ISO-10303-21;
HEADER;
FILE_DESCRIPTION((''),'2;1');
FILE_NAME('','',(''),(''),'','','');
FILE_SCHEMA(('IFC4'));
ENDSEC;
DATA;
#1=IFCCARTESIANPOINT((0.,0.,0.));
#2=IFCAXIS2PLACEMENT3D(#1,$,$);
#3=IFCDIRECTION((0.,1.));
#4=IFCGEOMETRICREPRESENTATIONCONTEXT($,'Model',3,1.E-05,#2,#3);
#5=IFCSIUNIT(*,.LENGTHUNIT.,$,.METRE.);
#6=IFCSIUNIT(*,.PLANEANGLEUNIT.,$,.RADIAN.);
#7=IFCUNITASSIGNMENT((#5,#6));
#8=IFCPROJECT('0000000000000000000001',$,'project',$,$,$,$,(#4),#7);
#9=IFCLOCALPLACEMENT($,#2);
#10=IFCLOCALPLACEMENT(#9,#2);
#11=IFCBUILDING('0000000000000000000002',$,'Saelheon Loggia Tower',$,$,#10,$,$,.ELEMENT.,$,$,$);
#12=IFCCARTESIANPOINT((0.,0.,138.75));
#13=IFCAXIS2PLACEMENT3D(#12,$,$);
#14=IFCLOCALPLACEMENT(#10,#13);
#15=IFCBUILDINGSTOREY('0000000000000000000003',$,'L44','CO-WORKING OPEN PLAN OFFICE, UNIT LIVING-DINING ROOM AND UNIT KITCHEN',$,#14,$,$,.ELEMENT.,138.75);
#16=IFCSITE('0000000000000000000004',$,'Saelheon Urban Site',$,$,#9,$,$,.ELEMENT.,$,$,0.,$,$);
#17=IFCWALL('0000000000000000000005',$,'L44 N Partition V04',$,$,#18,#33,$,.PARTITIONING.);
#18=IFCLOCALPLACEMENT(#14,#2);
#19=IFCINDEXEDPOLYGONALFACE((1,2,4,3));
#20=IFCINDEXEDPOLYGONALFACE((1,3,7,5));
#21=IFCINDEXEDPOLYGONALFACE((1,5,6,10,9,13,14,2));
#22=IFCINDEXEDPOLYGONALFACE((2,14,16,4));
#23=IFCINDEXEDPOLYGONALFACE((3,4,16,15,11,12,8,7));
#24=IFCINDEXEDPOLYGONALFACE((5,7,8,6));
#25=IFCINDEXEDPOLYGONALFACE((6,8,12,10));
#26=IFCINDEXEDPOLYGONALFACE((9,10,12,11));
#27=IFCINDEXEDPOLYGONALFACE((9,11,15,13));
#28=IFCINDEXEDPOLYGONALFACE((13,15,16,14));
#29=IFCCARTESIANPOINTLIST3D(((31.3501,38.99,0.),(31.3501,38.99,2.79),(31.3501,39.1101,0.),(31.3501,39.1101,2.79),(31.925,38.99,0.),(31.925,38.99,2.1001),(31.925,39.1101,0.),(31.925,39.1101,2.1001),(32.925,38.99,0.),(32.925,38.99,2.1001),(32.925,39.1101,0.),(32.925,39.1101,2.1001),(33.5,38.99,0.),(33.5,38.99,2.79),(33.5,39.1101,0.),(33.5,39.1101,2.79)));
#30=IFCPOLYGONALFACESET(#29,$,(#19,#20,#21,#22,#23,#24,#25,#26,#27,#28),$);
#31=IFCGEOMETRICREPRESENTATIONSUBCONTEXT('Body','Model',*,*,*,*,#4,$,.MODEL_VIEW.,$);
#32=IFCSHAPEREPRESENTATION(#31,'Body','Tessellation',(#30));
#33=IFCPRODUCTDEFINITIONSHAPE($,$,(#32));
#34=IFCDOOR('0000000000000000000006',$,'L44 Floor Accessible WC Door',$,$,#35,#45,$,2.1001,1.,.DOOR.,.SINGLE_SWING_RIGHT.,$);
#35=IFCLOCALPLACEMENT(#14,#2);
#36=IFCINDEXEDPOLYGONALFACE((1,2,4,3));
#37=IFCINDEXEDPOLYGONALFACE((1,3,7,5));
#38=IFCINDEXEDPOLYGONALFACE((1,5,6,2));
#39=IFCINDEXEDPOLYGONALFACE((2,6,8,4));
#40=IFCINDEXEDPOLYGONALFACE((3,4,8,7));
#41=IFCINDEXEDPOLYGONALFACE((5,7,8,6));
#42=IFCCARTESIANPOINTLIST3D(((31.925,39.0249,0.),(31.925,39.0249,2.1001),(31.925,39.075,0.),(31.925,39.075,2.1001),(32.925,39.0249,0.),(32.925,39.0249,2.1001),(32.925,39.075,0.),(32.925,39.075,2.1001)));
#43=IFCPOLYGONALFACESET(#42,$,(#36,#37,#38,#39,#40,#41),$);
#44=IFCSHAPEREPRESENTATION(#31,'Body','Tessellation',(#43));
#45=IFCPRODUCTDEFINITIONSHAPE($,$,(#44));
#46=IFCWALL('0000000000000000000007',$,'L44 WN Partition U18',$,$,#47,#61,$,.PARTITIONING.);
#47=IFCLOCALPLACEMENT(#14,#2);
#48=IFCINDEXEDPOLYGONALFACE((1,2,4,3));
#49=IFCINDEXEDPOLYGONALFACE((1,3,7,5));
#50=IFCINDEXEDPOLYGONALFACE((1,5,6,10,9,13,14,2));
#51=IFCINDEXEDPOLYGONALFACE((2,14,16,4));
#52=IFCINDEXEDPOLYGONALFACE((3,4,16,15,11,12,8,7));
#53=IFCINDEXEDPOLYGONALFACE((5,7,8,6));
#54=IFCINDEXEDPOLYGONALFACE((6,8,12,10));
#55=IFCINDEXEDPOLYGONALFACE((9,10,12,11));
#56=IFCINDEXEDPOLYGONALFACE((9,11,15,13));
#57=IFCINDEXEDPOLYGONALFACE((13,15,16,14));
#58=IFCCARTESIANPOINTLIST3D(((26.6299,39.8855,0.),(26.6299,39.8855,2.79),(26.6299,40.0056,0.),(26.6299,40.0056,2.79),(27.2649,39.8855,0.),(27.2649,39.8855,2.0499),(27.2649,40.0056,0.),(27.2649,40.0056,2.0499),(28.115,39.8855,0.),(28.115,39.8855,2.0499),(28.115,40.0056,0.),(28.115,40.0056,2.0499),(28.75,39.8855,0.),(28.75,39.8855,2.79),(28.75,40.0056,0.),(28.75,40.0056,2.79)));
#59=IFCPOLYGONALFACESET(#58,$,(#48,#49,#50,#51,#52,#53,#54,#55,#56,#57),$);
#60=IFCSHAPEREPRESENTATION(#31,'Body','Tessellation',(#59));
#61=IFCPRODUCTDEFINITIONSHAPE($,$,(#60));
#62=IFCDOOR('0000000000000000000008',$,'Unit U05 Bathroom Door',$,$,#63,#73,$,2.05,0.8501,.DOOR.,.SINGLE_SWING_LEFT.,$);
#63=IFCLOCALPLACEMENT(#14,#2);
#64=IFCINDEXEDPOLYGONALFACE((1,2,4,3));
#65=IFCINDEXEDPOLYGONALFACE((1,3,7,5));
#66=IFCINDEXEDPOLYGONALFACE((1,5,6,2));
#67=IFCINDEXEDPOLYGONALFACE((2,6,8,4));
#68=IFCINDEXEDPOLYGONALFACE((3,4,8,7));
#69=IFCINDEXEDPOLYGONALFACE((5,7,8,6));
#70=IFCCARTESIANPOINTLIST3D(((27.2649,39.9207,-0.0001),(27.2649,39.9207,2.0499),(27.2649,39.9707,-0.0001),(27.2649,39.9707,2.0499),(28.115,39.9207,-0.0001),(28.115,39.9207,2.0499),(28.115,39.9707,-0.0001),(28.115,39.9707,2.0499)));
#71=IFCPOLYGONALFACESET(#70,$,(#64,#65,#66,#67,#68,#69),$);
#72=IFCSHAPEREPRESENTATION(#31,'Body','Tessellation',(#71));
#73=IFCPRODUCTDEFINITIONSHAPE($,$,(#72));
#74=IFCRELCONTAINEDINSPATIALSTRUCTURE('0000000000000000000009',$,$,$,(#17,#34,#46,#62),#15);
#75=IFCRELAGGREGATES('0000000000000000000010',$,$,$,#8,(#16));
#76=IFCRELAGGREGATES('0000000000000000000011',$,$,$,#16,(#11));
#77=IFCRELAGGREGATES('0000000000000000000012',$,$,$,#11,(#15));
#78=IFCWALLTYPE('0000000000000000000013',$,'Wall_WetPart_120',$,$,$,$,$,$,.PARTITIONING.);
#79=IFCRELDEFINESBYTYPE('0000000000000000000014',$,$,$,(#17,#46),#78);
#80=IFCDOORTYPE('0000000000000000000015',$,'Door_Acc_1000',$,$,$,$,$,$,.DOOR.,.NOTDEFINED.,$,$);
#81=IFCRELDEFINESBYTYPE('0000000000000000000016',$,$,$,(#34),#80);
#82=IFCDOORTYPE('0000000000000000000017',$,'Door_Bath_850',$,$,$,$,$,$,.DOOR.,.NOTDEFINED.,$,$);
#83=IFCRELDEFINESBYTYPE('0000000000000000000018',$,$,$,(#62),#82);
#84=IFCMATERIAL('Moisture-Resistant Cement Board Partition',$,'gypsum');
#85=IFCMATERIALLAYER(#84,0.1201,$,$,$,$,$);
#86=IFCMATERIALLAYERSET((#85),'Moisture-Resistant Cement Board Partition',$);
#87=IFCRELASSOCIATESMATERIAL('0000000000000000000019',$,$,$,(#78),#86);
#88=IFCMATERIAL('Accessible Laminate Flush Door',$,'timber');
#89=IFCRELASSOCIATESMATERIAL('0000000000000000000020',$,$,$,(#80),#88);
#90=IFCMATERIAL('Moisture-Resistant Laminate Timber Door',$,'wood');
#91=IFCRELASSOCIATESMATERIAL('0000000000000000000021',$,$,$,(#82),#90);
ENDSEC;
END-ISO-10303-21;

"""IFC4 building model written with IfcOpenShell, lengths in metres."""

from ifc_helpers import new_model, si_unit, direction, frame, frame_2d, origin, place, context, subcontext, project, spatial, rectangle, extrude, source, transform, mapped, material, layer, layer_set, type_object, element, fill, save


model = new_model("IFC4")

# Units and contexts
model_context = context("Model", 3, precision=1e-05, world=origin(), true_north=direction((0.0, 1.0)))
body_context = subcontext(model_context, "Body", "Model", "MODEL_VIEW")
ifc_project = project(units=[si_unit("LENGTHUNIT", "METRE"), si_unit("PLANEANGLEUNIT", "RADIAN")], contexts=[model_context])

# Site, building, storey
site_placement = place(None, origin())
site = spatial("IfcSite", under=ifc_project, at=site_placement, Name="Saelheon Urban Site", CompositionType="ELEMENT", RefElevation=0.0)
building_placement = place(site_placement, origin())
building = spatial("IfcBuilding", under=site, at=building_placement, Name="Saelheon Loggia Tower", CompositionType="ELEMENT")
storey_placement = place(building_placement, frame((0.0, 0.0, 138.75)))
storey = spatial("IfcBuildingStorey", under=building, at=storey_placement, Name="L44", Description="CO-WORKING OPEN PLAN OFFICE, UNIT LIVING-DINING ROOM AND UNIT KITCHEN", CompositionType="ELEMENT", Elevation=138.75)

# Walls, openings, doors
ifc_material_1 = material(Name="Moisture-Resistant Cement Board Partition", Category="gypsum")
ifc_layer_1 = layer(ifc_material_1, 0.1201)
ifc_layer_set_1 = layer_set([ifc_layer_1], Name="Moisture-Resistant Cement Board Partition")
wall_type_1 = type_object("IfcWallType", Name="Wall_WetPart_120", PredefinedType="PARTITIONING", material=ifc_layer_set_1)
wall_1_placement = place(storey_placement, frame((31.3501, 39.05, 0.0), z_axis=(0.0, 0.0, 1.0), x_axis=(1.0, 0.0, 0.0)))
wall_1 = element("IfcWall", 1, at=wall_1_placement, inside=storey, type_object=wall_type_1, Name="L44 N Partition V04", PredefinedType="PARTITIONING", context=body_context, shape_type="SweptSolid", body=[
    extrude(rectangle(XDim=2.1499, YDim=0.1201, at=frame_2d((1.075, 0.0))), origin(), (0.0, 0.0, 1.0), 2.79),
])
opening_1_placement = place(wall_1_placement, frame((0.575, 0.0, 0.0)))
opening_1 = element("IfcOpeningElement", 2, at=opening_1_placement, cuts=wall_1, PredefinedType="OPENING", context=body_context, shape_type="SweptSolid", body=[
    extrude(rectangle(XDim=1.0, YDim=2.1001, at=frame_2d((0.5, 1.05))), frame((0.0, 0.072, 0.0), z_axis=(0.0, -1.0, 0.0), x_axis=(1.0, 0.0, 0.0)), (0.0, 0.0, 1.0), 0.144),
])
ifc_material_2 = material(Name="Accessible Laminate Flush Door", Category="timber")
door_type_1 = type_object("IfcDoorType", Name="Door_Acc_1000", OperationType="NOTDEFINED", PredefinedType="DOOR", material=ifc_material_2)
shared_shape_1 = source(origin(), body_context, "Body", "SweptSolid", [
    extrude(rectangle(XDim=1.0, YDim=2.1001, at=frame_2d((0.5, 1.05))), frame((0.0, 0.0249, 0.0), z_axis=(0.0, -1.0, 0.0), x_axis=(1.0, 0.0, 0.0)), (0.0, 0.0, 1.0), 0.05),
])
door_1_placement = place(opening_1_placement, origin())
door_1 = element("IfcDoor", 3, at=door_1_placement, inside=storey, type_object=door_type_1, Name="L44 Floor Accessible WC Door", OperationType="SINGLE_SWING_RIGHT", OverallHeight=2.1001, OverallWidth=1.0, PredefinedType="DOOR", context=body_context, shape_type="MappedRepresentation", body=[
    mapped(shared_shape_1, transform((0.0, 0.0, 0.0), scale=1.0)),
])
fill(opening_1, door_1)
wall_2_placement = place(storey_placement, frame((28.75, 39.9456, 0.0), z_axis=(0.0, 0.0, 1.0), x_axis=(-1.0, 0.0, 0.0)))
wall_2 = element("IfcWall", 4, at=wall_2_placement, inside=storey, type_object=wall_type_1, Name="L44 WN Partition U18", PredefinedType="PARTITIONING", context=body_context, shape_type="SweptSolid", body=[
    extrude(rectangle(XDim=2.1201, YDim=0.1201, at=frame_2d((1.0601, 0.0))), origin(), (0.0, 0.0, 1.0), 2.79),
])
opening_2_placement = place(wall_2_placement, frame((0.635, 0.0, 0.0)))
opening_2 = element("IfcOpeningElement", 5, at=opening_2_placement, cuts=wall_2, PredefinedType="OPENING", context=body_context, shape_type="SweptSolid", body=[
    extrude(rectangle(XDim=0.8501, YDim=2.05, at=frame_2d((0.425, 1.0249))), frame((0.0, 0.072, 0.0), z_axis=(0.0, -1.0, 0.0), x_axis=(1.0, 0.0, 0.0)), (0.0, 0.0, 1.0), 0.144),
])
ifc_material_3 = material(Name="Moisture-Resistant Laminate Timber Door", Category="wood")
door_type_2 = type_object("IfcDoorType", Name="Door_Bath_850", OperationType="NOTDEFINED", PredefinedType="DOOR", material=ifc_material_3)
shared_shape_2 = source(origin(), body_context, "Body", "SweptSolid", [
    extrude(rectangle(XDim=0.8501, YDim=2.05, at=frame_2d((0.425, 1.0249))), frame((0.0, 0.0249, 0.0), z_axis=(0.0, -1.0, 0.0), x_axis=(1.0, 0.0, 0.0)), (0.0, 0.0, 1.0), 0.05),
])
door_2_placement = place(opening_2_placement, origin())
door_2 = element("IfcDoor", 6, at=door_2_placement, inside=storey, type_object=door_type_2, Name="Unit U05 Bathroom Door", OperationType="SINGLE_SWING_LEFT", OverallHeight=2.05, OverallWidth=0.8501, PredefinedType="DOOR", context=body_context, shape_type="MappedRepresentation", body=[
    mapped(shared_shape_2, transform((0.0, 0.0, 0.0), scale=1.0)),
])
fill(opening_2, door_2)

save(model, "model.ifc")
